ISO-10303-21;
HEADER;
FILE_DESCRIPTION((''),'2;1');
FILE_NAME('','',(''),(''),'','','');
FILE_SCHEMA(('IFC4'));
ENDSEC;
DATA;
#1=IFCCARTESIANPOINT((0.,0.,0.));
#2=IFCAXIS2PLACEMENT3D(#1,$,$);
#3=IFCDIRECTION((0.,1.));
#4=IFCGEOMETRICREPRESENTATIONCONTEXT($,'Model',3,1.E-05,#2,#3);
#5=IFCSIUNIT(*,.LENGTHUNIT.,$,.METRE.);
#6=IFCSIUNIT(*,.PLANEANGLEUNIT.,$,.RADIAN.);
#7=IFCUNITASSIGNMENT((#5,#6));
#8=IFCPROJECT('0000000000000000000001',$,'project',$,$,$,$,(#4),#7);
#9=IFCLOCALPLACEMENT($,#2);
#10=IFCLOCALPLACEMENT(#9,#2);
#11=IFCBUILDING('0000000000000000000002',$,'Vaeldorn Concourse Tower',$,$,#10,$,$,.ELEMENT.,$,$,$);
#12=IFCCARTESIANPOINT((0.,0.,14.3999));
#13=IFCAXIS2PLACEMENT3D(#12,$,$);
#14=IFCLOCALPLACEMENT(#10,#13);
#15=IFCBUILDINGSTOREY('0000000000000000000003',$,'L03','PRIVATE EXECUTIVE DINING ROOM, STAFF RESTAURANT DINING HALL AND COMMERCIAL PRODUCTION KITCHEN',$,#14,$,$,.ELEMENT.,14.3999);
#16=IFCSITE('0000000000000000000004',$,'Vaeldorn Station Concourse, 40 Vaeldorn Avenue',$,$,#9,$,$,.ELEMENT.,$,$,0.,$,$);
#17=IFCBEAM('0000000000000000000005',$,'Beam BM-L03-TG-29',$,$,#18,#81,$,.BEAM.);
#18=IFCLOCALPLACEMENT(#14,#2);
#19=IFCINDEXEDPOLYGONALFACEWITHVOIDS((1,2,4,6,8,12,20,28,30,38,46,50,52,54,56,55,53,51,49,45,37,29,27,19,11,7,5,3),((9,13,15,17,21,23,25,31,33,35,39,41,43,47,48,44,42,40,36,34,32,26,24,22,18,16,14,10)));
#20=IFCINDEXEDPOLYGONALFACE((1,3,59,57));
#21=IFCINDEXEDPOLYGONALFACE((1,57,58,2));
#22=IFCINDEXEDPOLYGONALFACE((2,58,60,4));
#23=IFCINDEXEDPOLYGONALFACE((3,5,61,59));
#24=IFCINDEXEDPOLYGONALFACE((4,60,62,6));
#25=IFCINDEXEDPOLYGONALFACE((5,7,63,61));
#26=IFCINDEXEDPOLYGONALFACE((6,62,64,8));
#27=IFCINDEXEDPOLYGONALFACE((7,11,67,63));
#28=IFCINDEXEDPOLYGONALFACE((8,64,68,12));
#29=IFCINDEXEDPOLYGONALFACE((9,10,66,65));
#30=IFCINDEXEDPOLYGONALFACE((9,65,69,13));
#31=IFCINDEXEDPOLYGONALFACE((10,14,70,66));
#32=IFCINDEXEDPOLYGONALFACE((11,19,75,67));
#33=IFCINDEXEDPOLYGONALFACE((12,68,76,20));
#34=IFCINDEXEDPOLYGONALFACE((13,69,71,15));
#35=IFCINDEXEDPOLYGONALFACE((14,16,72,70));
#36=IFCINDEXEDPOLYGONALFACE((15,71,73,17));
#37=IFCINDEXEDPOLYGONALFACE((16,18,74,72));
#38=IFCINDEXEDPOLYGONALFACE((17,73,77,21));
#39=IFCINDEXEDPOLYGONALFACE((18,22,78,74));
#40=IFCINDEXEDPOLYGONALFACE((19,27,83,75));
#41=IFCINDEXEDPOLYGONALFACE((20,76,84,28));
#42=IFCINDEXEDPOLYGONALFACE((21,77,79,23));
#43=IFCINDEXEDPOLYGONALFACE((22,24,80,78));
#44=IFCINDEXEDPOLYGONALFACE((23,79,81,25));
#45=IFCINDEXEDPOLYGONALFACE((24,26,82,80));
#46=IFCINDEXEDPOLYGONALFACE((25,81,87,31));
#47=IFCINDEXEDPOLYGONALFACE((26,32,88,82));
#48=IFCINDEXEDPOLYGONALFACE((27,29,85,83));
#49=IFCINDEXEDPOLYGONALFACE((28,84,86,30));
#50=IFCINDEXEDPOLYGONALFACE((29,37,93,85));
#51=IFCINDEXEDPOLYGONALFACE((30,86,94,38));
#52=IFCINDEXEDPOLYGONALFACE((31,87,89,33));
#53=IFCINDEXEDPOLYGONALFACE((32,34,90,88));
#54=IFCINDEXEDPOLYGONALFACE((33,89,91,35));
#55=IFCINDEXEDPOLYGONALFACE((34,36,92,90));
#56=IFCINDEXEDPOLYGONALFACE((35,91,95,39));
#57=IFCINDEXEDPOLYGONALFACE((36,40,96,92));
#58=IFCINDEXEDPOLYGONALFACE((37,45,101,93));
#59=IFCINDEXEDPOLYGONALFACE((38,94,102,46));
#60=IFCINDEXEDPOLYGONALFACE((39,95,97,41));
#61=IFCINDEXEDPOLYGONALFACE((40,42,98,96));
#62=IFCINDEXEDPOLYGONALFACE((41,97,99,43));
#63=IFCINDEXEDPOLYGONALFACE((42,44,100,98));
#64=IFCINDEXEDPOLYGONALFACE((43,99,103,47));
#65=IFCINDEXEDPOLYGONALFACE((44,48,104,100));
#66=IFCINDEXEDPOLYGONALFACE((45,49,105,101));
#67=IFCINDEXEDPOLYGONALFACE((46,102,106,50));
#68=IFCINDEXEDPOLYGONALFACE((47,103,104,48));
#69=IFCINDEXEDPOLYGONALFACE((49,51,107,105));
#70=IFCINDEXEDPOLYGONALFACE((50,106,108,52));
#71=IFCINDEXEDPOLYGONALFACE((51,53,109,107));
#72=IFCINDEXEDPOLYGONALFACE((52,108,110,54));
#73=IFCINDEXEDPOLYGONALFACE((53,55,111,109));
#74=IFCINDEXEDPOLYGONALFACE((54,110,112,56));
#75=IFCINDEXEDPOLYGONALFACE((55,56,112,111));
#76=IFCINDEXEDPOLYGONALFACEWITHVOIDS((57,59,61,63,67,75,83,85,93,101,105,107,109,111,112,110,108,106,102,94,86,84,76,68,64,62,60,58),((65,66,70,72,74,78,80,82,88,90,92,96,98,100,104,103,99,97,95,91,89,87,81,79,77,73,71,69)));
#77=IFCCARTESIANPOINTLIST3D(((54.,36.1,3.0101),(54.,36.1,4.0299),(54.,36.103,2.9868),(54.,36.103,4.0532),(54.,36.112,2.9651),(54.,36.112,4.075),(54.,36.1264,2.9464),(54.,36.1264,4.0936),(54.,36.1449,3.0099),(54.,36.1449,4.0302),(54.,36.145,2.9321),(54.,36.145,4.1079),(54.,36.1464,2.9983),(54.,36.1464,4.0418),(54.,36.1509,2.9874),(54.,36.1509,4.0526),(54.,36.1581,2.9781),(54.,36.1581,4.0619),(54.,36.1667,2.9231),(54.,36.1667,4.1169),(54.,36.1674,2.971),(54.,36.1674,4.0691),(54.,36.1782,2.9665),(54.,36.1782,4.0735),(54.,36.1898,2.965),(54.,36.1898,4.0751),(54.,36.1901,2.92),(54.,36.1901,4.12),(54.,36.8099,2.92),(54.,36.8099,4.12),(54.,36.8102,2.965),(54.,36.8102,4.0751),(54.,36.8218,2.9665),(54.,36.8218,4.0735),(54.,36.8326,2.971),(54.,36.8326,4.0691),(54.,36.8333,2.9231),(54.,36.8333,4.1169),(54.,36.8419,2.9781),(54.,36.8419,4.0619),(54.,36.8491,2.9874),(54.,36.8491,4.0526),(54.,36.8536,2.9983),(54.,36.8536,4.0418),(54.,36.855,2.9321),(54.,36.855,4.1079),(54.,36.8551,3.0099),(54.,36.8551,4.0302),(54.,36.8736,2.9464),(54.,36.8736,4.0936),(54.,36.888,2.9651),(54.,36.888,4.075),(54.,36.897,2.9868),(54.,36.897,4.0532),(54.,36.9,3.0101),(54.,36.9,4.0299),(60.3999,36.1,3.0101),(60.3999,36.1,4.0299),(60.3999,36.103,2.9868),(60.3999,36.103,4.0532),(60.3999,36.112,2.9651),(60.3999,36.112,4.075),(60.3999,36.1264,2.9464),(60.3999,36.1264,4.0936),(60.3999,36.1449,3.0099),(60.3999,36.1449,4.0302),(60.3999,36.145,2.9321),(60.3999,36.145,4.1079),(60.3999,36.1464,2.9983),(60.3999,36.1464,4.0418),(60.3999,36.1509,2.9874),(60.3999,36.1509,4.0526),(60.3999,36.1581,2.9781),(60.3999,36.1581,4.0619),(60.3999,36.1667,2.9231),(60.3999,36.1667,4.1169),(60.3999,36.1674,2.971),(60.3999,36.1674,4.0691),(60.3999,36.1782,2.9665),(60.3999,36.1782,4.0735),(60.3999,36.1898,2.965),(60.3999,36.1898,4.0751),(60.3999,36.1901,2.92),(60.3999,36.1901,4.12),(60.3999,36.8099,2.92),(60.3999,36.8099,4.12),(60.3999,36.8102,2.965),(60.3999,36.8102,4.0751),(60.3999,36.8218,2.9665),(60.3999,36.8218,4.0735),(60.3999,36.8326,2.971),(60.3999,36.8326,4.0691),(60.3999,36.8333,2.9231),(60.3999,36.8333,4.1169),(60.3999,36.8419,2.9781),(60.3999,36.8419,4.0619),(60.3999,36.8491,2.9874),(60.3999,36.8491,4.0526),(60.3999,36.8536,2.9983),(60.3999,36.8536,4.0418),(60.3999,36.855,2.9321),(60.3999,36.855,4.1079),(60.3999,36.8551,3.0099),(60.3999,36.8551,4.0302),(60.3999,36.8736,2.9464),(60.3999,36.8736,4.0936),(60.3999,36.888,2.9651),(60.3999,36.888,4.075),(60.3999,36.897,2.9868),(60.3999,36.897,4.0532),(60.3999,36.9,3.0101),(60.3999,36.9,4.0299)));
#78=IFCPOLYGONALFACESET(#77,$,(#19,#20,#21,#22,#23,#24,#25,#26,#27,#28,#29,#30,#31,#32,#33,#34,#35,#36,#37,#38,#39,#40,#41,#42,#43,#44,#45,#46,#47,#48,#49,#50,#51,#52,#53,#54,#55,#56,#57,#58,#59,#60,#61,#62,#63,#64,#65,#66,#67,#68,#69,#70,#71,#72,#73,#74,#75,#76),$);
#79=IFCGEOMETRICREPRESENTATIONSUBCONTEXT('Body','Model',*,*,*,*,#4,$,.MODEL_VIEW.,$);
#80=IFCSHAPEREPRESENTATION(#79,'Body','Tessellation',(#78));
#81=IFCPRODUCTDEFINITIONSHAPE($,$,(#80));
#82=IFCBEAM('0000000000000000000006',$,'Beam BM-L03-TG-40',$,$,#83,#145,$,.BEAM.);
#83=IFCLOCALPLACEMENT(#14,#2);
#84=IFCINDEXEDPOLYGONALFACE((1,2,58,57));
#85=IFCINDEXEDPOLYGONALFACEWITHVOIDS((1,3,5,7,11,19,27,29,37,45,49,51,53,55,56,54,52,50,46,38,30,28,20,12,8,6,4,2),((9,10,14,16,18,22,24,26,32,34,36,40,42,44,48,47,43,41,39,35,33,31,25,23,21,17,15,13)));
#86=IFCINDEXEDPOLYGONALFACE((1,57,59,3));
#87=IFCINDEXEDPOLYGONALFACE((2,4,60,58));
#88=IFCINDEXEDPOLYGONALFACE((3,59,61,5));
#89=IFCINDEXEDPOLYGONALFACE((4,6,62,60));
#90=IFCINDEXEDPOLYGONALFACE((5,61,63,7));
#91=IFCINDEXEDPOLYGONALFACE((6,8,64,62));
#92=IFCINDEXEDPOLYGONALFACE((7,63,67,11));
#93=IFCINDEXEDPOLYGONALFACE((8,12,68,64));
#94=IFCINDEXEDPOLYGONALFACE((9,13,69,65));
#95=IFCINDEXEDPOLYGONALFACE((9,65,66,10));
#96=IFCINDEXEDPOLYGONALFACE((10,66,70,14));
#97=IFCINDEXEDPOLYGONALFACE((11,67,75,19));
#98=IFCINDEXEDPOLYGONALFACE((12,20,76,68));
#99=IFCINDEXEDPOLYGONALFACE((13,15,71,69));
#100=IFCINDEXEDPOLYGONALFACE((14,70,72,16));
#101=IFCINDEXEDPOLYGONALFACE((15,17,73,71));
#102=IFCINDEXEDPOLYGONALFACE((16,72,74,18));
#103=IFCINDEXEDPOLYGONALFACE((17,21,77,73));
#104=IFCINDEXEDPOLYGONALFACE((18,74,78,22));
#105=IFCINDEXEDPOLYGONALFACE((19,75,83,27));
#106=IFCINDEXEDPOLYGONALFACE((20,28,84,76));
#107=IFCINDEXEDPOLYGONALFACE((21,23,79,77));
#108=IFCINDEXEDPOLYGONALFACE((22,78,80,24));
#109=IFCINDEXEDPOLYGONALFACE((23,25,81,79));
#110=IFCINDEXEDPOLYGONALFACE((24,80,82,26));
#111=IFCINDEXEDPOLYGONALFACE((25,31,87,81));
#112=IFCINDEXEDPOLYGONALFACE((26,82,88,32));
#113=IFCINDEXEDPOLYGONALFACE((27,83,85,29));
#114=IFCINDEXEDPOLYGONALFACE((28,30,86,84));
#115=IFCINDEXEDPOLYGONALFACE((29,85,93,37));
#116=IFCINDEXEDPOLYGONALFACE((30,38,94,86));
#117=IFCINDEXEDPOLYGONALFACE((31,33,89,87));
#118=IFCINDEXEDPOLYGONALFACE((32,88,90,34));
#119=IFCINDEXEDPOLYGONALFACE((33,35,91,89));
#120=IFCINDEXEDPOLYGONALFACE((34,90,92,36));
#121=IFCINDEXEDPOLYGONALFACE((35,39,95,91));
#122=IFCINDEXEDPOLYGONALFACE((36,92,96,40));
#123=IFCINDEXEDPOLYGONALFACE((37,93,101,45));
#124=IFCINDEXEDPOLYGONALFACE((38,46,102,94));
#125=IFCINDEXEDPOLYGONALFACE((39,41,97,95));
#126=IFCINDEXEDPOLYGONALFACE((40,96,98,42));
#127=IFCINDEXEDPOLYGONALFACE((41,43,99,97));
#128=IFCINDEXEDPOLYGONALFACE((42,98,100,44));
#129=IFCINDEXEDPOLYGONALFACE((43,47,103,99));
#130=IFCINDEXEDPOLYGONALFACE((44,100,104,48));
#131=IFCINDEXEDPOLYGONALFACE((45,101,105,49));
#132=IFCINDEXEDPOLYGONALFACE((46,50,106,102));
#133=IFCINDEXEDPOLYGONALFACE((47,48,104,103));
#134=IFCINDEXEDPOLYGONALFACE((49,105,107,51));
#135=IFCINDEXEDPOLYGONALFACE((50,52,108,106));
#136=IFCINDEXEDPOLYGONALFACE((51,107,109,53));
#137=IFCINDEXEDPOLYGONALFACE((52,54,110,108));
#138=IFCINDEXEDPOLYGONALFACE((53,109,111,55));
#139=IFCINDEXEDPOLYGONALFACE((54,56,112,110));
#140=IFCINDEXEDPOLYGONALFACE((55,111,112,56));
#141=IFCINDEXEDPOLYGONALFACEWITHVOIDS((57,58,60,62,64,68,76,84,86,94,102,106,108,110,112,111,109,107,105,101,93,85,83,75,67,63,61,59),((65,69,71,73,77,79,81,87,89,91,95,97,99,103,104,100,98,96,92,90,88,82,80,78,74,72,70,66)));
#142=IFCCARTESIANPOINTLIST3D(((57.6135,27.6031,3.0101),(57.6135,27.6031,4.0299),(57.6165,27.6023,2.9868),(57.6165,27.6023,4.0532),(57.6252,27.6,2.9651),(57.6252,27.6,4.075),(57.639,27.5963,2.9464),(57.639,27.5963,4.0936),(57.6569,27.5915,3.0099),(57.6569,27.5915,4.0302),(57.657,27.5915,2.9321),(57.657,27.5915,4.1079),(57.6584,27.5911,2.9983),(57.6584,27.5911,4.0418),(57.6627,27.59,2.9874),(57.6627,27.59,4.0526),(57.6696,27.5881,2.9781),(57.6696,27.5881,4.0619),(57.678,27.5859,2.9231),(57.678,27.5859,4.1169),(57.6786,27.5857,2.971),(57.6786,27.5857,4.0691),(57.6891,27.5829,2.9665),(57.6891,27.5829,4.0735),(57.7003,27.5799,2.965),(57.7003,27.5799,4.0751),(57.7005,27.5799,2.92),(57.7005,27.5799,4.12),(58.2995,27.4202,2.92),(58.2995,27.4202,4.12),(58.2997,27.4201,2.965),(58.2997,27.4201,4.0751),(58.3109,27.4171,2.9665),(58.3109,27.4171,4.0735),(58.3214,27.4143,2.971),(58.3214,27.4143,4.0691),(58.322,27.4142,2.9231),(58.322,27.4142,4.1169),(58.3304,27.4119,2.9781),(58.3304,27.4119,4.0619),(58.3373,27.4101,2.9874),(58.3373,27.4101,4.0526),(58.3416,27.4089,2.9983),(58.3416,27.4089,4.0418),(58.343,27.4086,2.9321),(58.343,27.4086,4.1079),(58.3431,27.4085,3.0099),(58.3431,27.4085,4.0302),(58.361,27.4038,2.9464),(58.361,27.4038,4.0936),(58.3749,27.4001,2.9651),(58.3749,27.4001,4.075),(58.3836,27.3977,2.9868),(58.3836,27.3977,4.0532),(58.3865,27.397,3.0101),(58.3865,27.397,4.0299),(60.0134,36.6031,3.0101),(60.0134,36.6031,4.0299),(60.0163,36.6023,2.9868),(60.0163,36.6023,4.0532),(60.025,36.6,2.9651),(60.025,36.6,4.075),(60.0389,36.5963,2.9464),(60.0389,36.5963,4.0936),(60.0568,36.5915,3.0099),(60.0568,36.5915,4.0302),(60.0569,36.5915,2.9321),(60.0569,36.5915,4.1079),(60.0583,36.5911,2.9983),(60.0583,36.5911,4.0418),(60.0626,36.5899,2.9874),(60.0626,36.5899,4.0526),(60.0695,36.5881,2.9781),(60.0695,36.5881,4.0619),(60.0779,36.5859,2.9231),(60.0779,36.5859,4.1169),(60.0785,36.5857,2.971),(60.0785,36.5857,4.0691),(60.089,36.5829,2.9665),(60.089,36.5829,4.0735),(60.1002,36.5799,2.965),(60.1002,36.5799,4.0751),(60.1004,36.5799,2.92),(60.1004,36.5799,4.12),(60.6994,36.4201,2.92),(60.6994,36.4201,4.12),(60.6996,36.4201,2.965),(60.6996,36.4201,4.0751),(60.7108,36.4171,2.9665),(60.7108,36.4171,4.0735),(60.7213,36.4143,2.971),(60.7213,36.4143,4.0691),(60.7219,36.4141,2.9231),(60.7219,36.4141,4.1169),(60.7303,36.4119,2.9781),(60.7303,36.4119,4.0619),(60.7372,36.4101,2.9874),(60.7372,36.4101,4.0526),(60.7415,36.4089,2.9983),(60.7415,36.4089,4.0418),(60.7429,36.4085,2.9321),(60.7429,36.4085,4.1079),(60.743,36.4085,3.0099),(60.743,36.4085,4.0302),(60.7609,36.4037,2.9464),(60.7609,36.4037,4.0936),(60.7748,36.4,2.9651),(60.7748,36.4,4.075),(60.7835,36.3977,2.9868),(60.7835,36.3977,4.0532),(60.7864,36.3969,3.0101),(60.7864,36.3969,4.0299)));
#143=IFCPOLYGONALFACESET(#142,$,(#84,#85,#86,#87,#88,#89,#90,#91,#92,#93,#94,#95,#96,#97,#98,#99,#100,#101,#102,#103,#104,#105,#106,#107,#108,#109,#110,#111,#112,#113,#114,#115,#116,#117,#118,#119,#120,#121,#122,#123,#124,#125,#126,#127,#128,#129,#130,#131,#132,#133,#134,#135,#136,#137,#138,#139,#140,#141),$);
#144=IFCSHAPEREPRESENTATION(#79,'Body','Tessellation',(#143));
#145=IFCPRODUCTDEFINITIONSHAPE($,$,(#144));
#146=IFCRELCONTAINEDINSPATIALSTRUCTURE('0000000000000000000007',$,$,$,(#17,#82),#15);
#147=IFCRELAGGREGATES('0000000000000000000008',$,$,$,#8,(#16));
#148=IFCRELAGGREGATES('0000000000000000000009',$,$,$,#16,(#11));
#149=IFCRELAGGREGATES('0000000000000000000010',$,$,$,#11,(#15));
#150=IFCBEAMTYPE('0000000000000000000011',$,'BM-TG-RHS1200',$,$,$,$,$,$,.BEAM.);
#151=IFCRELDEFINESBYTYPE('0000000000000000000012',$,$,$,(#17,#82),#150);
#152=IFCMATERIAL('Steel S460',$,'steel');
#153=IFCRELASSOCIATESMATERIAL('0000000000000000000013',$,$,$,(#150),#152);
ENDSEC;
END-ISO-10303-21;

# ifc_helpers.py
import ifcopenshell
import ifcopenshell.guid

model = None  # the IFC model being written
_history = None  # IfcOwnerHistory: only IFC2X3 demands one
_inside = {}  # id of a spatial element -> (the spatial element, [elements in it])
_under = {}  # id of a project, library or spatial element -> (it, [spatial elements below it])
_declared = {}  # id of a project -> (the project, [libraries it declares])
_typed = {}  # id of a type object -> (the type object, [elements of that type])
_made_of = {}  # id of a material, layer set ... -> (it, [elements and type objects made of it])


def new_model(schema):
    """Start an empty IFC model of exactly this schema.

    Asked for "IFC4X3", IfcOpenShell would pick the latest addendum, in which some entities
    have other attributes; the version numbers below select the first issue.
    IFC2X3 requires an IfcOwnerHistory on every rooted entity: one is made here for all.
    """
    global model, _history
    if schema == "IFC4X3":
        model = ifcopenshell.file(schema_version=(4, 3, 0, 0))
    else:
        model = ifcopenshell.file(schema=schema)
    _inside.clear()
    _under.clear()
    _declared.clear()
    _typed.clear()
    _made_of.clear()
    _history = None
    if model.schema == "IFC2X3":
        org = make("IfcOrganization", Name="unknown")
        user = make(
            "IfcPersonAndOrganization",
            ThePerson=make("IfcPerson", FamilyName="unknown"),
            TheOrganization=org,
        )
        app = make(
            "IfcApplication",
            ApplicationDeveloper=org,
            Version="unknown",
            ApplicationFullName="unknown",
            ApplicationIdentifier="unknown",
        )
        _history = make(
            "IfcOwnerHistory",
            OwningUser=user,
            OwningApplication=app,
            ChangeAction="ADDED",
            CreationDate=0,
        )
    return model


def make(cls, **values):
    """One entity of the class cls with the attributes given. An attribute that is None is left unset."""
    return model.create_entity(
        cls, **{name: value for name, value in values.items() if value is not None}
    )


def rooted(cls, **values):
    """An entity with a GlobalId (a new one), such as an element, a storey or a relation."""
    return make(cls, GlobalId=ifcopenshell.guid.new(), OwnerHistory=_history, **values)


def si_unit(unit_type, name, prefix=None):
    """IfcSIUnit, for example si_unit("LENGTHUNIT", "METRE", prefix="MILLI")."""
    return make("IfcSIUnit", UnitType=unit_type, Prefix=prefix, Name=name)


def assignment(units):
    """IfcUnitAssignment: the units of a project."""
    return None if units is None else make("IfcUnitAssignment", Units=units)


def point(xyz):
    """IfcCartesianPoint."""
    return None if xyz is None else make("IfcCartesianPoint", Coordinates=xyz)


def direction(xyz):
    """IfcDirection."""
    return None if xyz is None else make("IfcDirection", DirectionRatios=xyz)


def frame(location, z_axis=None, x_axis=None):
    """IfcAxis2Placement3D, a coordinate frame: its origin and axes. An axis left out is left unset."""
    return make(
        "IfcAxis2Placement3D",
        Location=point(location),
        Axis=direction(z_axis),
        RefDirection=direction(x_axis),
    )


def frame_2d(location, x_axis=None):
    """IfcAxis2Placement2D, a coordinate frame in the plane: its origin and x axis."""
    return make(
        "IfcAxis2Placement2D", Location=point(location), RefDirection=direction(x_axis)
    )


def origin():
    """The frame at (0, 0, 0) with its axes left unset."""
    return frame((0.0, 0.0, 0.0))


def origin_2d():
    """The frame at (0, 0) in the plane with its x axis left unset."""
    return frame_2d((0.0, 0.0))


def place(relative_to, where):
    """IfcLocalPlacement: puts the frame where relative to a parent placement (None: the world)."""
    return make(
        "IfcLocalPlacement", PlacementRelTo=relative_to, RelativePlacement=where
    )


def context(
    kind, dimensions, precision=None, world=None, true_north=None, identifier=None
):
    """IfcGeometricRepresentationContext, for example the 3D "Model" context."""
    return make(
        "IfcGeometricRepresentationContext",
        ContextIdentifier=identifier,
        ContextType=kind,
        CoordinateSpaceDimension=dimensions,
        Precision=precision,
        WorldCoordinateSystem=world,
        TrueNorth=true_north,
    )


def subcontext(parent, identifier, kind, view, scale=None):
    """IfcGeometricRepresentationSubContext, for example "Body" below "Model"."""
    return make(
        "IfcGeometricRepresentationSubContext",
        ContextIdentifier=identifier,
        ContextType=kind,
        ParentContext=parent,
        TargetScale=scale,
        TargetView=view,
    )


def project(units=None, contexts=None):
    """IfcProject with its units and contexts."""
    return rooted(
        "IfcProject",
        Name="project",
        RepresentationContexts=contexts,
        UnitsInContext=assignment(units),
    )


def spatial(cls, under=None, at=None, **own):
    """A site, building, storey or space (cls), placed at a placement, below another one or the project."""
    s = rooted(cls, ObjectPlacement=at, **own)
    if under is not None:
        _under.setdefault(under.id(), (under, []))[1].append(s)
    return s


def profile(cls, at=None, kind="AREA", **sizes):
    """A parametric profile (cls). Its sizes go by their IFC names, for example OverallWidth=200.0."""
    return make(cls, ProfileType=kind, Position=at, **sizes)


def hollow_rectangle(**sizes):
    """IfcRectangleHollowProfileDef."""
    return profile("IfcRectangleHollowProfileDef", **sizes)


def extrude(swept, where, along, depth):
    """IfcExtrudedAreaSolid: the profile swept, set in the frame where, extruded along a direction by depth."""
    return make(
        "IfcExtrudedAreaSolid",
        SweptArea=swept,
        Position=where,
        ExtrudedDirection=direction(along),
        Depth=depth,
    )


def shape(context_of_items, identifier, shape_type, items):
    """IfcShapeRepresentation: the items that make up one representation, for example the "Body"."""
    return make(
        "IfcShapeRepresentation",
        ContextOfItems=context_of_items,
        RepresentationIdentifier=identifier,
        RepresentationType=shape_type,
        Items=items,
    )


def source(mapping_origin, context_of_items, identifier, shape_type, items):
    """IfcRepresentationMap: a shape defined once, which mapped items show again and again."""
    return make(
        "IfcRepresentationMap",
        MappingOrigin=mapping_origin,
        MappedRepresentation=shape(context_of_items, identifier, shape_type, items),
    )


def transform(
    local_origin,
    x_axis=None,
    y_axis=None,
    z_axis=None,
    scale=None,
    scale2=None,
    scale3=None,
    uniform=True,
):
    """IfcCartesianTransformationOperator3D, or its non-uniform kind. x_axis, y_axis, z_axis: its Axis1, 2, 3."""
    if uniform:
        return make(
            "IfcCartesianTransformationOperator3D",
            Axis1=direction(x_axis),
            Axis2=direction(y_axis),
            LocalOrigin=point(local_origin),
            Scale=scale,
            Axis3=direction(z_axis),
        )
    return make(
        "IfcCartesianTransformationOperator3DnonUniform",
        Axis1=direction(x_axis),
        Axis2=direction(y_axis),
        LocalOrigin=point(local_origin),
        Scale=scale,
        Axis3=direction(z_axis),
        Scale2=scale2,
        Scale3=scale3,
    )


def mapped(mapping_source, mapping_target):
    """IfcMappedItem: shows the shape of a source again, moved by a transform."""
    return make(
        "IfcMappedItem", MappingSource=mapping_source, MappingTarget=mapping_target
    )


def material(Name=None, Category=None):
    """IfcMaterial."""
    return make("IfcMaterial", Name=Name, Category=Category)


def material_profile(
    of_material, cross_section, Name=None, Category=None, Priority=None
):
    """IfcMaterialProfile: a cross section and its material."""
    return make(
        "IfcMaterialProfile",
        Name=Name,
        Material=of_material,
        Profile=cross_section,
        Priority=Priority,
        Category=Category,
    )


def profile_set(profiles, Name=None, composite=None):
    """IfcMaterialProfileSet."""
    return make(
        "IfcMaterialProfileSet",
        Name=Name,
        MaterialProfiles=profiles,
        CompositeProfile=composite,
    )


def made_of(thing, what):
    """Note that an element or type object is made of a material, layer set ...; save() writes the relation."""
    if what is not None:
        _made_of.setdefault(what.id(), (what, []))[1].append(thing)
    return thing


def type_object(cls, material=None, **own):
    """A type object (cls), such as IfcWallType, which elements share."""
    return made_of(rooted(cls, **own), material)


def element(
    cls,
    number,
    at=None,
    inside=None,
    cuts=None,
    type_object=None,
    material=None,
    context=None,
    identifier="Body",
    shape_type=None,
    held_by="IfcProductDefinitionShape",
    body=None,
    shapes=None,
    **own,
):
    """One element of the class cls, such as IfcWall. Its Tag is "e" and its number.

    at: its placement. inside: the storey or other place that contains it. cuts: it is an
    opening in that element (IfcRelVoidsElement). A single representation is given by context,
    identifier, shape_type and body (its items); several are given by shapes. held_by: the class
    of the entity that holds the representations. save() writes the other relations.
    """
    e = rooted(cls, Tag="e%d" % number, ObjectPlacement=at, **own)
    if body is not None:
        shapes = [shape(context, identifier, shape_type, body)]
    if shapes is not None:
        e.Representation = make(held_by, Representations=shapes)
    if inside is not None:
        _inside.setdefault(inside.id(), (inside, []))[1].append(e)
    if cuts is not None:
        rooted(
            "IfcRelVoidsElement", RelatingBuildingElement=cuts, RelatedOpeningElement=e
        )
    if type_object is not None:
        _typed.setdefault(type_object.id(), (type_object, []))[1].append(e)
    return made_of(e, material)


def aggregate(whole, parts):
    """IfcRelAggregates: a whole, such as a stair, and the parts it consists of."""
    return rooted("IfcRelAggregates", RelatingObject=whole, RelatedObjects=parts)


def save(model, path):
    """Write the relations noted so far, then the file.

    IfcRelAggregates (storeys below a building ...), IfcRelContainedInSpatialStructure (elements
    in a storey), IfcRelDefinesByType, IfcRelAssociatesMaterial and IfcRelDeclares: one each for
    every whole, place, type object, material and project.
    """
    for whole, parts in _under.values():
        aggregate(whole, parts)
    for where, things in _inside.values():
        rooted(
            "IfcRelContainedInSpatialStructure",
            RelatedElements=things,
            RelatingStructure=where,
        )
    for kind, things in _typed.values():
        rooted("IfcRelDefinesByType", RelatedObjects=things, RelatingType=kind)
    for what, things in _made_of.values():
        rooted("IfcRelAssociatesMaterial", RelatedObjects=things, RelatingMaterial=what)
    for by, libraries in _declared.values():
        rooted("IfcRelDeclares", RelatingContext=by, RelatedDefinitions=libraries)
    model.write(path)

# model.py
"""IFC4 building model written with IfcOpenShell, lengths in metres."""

from ifc_helpers import new_model, si_unit, direction, frame, origin, origin_2d, place, context, subcontext, project, spatial, hollow_rectangle, extrude, source, transform, mapped, material, material_profile, profile_set, type_object, element, save


model = new_model("IFC4")

# Units and contexts
model_context = context("Model", 3, precision=1e-05, world=origin(), true_north=direction((0.0, 1.0)))
body_context = subcontext(model_context, "Body", "Model", "MODEL_VIEW")
ifc_project = project(units=[si_unit("LENGTHUNIT", "METRE"), si_unit("PLANEANGLEUNIT", "RADIAN")], contexts=[model_context])

# Site, building, storey
site_placement = place(None, origin())
site = spatial("IfcSite", under=ifc_project, at=site_placement, Name="Vaeldorn Station Concourse, 40 Vaeldorn Avenue", CompositionType="ELEMENT", RefElevation=0.0)
building_placement = place(site_placement, origin())
building = spatial("IfcBuilding", under=site, at=building_placement, Name="Vaeldorn Concourse Tower", CompositionType="ELEMENT")
storey_placement = place(building_placement, frame((0.0, 0.0, 14.3999)))
storey = spatial("IfcBuildingStorey", under=building, at=storey_placement, Name="L03", Description="PRIVATE EXECUTIVE DINING ROOM, STAFF RESTAURANT DINING HALL AND COMMERCIAL PRODUCTION KITCHEN", CompositionType="ELEMENT", Elevation=14.3999)

# Shared definitions
ifc_material_1 = material(Name="Steel S460", Category="steel")

# Beams
ifc_material_profile_1 = material_profile(ifc_material_1, hollow_rectangle(XDim=0.8, YDim=1.2, WallThickness=0.0449, InnerFilletRadius=0.0449, OuterFilletRadius=0.0901, at=origin_2d()), Name="RHS 1200x800x45")
ifc_profile_set_1 = profile_set([ifc_material_profile_1], Name="Steel S460")
beam_type_1 = type_object("IfcBeamType", Name="BM-TG-RHS1200", PredefinedType="BEAM", material=ifc_profile_set_1)
shared_shape_1 = source(origin(), body_context, "Body", "SweptSolid", [
    extrude(hollow_rectangle(XDim=0.8, YDim=1.2, WallThickness=0.0449, InnerFilletRadius=0.0449, OuterFilletRadius=0.0901, at=origin_2d()), origin(), (0.0, 0.0, 1.0), 6.3999),
])
beam_1_placement = place(storey_placement, frame((54.0, 36.5, 3.52), z_axis=(1.0, 0.0, 0.0), x_axis=(0.0, 1.0, 0.0)))
element("IfcBeam", 1, at=beam_1_placement, inside=storey, type_object=beam_type_1, Name="Beam BM-L03-TG-29", PredefinedType="BEAM", context=body_context, shape_type="MappedRepresentation", body=[
    mapped(shared_shape_1, transform((0.0, 0.0, 0.0), scale=1.0)),
])
shared_shape_2 = source(origin(), body_context, "Body", "SweptSolid", [
    extrude(hollow_rectangle(XDim=0.8, YDim=1.2, WallThickness=0.0449, InnerFilletRadius=0.0449, OuterFilletRadius=0.0901, at=origin_2d()), origin(), (0.0, 0.0, 1.0), 9.3145),
])
beam_2_placement = place(storey_placement, frame((60.3999, 36.5, 3.52), z_axis=(-0.257653, -0.966238, 0.0), x_axis=(0.966238, -0.257653, 0.0)))
element("IfcBeam", 2, at=beam_2_placement, inside=storey, type_object=beam_type_1, Name="Beam BM-L03-TG-40", PredefinedType="BEAM", context=body_context, shape_type="MappedRepresentation", body=[
    mapped(shared_shape_2, transform((0.0, 0.0, 0.0), scale=1.0)),
])

save(model, "model.ifc")
